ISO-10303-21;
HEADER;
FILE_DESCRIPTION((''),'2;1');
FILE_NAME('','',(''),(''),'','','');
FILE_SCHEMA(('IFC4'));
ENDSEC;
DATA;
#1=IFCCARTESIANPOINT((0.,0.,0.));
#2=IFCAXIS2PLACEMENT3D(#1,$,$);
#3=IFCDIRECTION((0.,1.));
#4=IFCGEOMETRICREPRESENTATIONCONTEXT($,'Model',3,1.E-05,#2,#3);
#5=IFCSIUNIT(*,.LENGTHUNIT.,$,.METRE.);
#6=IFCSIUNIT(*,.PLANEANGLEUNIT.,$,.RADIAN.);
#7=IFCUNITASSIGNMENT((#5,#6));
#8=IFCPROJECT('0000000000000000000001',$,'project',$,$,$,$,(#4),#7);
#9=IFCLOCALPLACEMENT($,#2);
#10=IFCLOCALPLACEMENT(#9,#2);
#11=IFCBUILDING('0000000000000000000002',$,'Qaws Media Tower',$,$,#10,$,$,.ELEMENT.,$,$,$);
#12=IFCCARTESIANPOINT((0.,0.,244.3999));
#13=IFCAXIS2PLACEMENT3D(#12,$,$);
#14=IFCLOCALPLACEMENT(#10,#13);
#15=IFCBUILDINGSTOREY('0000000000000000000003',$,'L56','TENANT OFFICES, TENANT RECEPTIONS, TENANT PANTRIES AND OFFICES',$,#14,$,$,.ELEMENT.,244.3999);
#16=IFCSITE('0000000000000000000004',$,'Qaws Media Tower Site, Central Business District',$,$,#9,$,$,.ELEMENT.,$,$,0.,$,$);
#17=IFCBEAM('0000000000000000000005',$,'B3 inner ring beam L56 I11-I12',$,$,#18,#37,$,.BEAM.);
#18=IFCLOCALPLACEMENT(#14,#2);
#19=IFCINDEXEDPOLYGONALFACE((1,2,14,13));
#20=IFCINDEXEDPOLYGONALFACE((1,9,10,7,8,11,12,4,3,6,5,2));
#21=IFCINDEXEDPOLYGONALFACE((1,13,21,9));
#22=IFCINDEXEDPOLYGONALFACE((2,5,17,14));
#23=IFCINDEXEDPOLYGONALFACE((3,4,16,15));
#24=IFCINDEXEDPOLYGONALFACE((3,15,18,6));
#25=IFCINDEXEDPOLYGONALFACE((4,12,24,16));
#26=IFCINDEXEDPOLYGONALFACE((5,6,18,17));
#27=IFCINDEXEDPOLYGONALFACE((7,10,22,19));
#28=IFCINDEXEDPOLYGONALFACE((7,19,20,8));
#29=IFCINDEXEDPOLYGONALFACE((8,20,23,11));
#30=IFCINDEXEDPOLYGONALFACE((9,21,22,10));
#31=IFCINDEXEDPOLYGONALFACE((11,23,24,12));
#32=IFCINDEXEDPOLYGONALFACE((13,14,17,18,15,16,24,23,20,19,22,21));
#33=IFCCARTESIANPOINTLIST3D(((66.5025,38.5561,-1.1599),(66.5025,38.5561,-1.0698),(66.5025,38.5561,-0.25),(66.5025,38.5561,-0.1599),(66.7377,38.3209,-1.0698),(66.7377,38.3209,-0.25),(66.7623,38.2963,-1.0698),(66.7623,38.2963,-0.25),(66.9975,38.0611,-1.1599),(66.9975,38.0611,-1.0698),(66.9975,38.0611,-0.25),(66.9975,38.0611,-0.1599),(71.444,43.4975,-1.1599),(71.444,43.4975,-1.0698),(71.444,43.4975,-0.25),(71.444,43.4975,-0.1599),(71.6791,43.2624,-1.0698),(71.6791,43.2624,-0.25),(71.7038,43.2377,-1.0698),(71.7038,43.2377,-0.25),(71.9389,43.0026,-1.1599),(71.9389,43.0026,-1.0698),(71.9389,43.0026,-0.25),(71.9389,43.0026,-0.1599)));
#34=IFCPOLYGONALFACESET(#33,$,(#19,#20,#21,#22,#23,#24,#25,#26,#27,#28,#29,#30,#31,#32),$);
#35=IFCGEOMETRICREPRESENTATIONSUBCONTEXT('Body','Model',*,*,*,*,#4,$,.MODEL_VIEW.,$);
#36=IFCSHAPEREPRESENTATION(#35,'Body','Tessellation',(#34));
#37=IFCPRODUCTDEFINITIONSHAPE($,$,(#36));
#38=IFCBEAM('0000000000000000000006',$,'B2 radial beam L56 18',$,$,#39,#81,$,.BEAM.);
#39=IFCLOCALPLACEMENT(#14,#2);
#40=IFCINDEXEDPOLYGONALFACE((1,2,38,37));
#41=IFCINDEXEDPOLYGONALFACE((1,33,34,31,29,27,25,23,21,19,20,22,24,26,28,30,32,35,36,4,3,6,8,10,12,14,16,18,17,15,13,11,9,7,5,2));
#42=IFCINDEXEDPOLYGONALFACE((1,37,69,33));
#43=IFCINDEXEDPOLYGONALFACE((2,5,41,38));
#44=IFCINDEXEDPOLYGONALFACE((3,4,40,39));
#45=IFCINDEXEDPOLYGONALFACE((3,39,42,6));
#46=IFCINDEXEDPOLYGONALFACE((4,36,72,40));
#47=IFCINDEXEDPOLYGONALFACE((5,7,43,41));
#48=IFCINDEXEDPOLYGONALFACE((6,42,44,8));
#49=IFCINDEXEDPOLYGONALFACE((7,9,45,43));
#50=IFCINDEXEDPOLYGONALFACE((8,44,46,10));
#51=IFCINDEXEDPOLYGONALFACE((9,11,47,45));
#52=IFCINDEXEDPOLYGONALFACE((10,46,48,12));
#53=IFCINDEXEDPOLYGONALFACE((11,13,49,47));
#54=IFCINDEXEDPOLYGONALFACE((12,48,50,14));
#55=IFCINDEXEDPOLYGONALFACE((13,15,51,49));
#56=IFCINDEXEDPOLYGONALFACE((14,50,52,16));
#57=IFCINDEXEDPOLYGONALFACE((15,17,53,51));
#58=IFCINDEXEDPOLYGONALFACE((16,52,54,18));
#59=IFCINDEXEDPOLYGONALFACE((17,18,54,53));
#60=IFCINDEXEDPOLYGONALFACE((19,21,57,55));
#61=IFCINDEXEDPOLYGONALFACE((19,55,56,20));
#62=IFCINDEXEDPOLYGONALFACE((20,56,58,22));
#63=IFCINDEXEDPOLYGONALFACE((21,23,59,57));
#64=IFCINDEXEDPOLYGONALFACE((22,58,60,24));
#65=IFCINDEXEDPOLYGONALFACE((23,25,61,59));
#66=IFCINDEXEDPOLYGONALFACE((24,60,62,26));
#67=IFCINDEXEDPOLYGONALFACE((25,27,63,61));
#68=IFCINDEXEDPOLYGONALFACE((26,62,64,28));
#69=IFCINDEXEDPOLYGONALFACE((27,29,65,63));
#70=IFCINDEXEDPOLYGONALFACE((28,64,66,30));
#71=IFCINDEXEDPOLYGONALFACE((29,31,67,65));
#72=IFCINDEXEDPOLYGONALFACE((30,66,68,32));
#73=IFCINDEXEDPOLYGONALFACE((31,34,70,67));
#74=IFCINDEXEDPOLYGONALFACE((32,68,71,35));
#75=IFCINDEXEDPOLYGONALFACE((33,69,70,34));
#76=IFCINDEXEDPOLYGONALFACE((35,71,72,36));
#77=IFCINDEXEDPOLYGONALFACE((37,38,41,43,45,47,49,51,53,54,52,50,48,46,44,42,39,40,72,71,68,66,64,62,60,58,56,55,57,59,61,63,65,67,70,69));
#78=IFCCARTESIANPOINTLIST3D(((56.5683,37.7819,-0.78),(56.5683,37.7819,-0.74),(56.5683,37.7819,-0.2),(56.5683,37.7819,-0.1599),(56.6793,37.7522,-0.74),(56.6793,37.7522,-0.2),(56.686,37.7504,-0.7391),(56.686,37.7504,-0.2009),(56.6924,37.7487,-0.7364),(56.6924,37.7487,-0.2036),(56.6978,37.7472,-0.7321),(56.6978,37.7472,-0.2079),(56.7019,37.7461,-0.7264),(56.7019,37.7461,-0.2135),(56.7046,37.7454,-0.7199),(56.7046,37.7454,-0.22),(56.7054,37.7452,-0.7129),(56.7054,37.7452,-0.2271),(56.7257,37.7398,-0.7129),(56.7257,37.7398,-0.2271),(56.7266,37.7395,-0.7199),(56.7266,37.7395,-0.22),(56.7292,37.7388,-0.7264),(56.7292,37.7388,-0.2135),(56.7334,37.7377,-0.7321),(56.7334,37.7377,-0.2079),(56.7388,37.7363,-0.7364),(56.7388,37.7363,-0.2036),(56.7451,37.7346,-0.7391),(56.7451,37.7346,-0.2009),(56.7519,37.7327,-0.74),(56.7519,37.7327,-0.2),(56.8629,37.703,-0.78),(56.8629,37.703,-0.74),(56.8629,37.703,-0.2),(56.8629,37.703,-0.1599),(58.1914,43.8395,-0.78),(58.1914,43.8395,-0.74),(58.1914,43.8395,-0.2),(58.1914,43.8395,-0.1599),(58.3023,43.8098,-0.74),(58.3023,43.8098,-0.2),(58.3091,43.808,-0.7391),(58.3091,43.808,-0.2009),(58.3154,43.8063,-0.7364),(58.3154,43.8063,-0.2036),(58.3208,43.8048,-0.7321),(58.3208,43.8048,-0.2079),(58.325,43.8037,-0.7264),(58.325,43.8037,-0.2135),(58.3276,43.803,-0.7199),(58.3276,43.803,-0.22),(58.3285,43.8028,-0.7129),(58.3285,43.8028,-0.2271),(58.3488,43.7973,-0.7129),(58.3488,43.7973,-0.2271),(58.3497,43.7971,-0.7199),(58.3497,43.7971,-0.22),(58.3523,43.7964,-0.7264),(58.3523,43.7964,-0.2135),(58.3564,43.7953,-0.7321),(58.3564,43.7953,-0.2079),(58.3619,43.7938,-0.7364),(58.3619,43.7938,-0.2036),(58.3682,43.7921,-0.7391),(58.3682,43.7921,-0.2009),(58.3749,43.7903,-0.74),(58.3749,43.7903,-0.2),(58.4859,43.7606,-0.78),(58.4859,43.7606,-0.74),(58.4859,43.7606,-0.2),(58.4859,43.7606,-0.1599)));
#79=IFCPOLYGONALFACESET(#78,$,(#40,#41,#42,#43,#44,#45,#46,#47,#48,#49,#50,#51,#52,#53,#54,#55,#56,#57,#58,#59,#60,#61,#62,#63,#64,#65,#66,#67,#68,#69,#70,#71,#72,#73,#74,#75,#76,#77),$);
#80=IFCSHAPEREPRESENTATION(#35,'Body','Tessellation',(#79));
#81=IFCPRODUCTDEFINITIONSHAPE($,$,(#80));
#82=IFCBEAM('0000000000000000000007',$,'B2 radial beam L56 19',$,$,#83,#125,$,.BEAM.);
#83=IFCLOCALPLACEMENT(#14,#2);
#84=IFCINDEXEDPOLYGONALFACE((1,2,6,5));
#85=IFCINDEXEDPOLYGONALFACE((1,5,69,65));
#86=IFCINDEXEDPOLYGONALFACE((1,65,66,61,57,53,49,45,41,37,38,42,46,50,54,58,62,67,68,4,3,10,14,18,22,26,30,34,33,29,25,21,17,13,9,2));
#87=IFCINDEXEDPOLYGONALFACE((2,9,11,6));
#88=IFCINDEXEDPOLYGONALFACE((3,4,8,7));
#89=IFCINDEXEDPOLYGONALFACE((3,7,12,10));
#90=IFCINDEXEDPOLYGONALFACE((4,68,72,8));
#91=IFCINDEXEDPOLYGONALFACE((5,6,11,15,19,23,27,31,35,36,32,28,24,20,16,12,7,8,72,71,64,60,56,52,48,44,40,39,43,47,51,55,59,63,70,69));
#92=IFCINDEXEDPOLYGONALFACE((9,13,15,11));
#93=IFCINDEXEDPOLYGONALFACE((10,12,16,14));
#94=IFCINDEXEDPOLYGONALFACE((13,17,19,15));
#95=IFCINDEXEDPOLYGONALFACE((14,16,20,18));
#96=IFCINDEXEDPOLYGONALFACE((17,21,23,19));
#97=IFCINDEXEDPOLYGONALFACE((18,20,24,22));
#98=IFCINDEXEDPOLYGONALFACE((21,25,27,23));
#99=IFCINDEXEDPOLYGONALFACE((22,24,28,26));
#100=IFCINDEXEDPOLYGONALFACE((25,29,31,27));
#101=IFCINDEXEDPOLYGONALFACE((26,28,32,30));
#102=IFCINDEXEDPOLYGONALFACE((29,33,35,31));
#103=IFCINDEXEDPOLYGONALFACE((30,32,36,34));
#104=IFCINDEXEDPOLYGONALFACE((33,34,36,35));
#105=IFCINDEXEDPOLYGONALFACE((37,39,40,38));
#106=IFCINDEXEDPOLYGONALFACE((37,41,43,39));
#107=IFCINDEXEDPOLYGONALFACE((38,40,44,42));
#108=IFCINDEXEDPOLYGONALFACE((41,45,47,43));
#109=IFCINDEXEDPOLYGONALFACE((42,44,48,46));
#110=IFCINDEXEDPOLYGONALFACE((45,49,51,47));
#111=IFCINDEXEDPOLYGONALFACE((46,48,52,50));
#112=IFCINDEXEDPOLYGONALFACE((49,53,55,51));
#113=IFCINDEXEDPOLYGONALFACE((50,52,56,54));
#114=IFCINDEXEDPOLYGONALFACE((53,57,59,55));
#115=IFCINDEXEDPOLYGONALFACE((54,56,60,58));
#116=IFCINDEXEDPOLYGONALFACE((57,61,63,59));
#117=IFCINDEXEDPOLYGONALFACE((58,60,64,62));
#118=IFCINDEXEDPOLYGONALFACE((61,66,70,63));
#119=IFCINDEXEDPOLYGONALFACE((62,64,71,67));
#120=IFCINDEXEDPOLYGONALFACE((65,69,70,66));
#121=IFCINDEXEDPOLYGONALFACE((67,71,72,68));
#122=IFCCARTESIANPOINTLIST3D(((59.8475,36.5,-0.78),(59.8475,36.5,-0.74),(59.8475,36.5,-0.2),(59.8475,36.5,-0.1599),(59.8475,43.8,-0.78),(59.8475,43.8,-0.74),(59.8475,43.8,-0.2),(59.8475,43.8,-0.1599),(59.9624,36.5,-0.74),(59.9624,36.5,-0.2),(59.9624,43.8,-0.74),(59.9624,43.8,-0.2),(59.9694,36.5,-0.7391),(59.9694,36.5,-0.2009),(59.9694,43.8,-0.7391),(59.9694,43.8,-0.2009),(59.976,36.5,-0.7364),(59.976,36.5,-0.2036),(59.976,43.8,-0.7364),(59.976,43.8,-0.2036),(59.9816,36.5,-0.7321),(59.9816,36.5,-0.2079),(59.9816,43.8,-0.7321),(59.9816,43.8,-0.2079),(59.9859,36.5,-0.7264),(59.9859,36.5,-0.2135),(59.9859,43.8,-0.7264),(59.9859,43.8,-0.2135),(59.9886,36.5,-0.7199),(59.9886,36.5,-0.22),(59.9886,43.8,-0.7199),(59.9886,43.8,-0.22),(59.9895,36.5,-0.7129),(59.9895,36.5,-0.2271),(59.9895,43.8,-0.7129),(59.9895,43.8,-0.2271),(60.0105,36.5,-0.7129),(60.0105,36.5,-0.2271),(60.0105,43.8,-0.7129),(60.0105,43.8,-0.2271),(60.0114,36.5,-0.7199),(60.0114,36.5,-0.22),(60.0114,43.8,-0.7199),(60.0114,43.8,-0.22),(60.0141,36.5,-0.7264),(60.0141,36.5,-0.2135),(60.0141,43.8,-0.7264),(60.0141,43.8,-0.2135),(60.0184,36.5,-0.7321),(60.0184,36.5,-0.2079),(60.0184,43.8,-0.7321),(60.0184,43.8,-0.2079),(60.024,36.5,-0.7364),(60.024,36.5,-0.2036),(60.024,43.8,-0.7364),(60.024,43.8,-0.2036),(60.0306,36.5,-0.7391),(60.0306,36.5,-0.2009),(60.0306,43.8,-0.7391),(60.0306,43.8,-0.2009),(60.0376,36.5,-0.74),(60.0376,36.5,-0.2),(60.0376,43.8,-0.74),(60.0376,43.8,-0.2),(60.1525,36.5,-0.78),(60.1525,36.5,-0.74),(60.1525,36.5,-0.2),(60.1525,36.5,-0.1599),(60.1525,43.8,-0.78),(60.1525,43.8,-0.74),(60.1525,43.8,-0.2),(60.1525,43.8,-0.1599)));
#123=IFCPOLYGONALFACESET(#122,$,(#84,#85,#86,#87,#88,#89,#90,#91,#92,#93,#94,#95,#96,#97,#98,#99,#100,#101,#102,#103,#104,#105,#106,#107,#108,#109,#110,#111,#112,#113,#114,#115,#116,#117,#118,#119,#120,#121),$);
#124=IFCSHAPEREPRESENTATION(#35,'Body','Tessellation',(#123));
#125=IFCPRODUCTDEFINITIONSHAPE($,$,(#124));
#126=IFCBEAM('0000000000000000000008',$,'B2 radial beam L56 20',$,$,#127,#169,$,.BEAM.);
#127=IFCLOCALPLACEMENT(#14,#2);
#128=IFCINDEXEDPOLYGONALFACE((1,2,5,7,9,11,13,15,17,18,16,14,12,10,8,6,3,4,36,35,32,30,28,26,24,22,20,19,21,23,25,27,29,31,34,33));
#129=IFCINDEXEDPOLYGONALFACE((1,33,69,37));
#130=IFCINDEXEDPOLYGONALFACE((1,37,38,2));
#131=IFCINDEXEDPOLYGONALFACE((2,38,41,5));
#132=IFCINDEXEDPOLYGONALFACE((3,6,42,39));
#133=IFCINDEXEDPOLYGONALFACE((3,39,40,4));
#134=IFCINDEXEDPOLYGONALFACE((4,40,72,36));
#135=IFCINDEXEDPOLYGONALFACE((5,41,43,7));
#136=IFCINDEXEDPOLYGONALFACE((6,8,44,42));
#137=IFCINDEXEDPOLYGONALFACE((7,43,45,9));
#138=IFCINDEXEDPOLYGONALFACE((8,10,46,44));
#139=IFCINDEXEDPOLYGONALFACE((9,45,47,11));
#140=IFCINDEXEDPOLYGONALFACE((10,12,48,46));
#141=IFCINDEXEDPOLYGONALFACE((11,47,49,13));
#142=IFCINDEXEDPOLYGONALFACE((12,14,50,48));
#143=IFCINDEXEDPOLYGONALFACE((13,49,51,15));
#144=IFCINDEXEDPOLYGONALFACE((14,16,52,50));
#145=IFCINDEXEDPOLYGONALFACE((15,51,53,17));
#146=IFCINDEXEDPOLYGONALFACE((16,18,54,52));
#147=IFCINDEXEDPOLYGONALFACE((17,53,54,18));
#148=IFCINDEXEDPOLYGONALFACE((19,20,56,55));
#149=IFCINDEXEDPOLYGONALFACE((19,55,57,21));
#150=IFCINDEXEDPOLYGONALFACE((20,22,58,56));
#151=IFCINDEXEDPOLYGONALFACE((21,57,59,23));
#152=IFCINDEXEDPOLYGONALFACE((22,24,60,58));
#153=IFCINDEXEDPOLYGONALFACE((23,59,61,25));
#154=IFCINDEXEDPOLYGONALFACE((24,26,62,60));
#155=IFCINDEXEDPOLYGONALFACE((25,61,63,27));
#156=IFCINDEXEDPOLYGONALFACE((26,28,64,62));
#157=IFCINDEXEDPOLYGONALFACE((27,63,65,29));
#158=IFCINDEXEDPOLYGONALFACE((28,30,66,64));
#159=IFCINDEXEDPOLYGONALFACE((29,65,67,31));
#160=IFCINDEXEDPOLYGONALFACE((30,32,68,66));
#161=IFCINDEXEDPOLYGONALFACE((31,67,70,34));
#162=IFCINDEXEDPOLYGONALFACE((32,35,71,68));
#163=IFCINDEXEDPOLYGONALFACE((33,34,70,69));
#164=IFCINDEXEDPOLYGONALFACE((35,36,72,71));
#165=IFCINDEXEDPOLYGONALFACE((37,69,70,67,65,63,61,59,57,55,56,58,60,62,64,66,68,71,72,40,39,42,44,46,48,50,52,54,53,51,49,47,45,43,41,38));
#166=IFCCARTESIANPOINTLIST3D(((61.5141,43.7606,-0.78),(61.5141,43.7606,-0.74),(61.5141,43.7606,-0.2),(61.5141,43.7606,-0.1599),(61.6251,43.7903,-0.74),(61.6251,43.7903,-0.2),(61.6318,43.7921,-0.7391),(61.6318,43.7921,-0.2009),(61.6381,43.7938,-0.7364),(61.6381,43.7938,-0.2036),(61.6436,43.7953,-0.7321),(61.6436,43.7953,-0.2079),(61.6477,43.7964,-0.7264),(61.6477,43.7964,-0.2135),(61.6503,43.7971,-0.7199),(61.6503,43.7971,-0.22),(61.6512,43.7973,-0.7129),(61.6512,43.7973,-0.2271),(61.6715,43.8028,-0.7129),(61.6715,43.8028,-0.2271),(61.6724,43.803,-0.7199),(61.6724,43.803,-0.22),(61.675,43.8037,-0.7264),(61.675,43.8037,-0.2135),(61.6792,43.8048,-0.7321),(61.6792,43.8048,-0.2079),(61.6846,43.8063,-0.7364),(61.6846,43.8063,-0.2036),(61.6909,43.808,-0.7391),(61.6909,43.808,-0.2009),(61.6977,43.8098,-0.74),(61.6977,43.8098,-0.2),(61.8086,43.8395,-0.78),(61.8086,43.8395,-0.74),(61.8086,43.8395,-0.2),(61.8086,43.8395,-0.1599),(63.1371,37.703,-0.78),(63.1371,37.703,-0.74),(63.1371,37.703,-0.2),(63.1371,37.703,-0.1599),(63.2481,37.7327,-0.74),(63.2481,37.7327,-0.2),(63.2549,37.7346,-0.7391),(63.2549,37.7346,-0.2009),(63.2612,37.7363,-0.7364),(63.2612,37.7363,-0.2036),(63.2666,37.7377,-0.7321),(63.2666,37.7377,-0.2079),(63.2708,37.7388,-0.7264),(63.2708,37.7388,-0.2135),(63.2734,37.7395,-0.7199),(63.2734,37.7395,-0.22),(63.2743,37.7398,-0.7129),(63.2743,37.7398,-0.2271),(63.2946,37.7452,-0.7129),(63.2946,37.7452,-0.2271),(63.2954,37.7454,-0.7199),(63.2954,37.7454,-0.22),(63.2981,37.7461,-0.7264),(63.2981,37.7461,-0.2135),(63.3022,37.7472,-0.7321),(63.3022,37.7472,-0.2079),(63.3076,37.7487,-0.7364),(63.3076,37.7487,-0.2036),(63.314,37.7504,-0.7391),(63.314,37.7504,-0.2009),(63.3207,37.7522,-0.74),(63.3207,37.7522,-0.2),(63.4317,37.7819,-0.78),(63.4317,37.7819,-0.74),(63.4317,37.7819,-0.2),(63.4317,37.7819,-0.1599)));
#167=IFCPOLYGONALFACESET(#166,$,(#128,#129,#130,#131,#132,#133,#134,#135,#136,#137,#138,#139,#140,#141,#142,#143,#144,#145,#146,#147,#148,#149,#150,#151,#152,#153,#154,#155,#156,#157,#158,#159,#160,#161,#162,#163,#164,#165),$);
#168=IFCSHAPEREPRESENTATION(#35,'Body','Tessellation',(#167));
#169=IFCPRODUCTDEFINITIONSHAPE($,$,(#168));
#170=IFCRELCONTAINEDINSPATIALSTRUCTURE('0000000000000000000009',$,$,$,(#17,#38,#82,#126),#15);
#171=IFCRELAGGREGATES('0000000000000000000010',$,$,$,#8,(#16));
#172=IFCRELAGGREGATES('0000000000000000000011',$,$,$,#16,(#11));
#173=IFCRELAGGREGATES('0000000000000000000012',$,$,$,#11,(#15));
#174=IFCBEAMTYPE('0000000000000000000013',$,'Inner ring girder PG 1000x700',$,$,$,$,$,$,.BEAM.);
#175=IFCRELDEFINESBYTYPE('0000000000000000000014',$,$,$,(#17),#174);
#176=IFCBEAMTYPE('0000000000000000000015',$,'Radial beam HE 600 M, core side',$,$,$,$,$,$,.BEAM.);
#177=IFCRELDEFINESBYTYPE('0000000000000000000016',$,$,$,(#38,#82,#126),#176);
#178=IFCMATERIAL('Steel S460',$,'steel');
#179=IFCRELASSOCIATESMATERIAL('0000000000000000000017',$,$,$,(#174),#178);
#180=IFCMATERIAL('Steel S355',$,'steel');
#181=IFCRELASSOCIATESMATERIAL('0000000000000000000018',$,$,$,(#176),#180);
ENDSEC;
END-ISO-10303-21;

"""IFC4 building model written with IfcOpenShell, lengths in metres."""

from ifc_helpers import new_model, si_unit, direction, frame, origin, origin_2d, place, context, subcontext, project, spatial, i_section, extrude, material, material_profile, profile_set, type_object, element, save


model = new_model("IFC4")

# Units and contexts
model_context = context("Model", 3, precision=1e-05, world=origin(), true_north=direction((0.0, 1.0)))
body_context = subcontext(model_context, "Body", "Model", "MODEL_VIEW")
ifc_project = project(units=[si_unit("LENGTHUNIT", "METRE"), si_unit("PLANEANGLEUNIT", "RADIAN")], contexts=[model_context])

# Site, building, storey
site_placement = place(None, origin())
site = spatial("IfcSite", under=ifc_project, at=site_placement, Name="Qaws Media Tower Site, Central Business District", CompositionType="ELEMENT", RefElevation=0.0)
building_placement = place(site_placement, origin())
building = spatial("IfcBuilding", under=site, at=building_placement, Name="Qaws Media Tower", CompositionType="ELEMENT")
storey_placement = place(building_placement, frame((0.0, 0.0, 244.3999)))
storey = spatial("IfcBuildingStorey", under=building, at=storey_placement, Name="L56", Description="TENANT OFFICES, TENANT RECEPTIONS, TENANT PANTRIES AND OFFICES", CompositionType="ELEMENT", Elevation=244.3999)

# Beams
ifc_material_1 = material(Name="Steel S460", Category="steel")
ifc_material_profile_1 = material_profile(ifc_material_1, i_section(OverallWidth=0.7, OverallDepth=1.0, WebThickness=0.0349, FlangeThickness=0.0901, at=origin_2d()), Name="PG 1000x700")
ifc_profile_set_1 = profile_set([ifc_material_profile_1], Name="Steel S460")
beam_type_1 = type_object("IfcBeamType", Name="Inner ring girder PG 1000x700", PredefinedType="BEAM", material=ifc_profile_set_1)
beam_1_placement = place(storey_placement, frame((66.75, 38.3086, -0.6599), z_axis=(0.707107, 0.707107, 0.0), x_axis=(-0.707107, 0.707107, 0.0)))
element("IfcBeam", 1, at=beam_1_placement, inside=storey, type_object=beam_type_1, Name="B3 inner ring beam L56 I11-I12", PredefinedType="BEAM", context=body_context, shape_type="SweptSolid", body=[
    extrude(i_section(OverallWidth=0.7, OverallDepth=1.0, WebThickness=0.0349, FlangeThickness=0.0901, at=origin_2d()), origin(), (0.0, 0.0, 1.0), 6.9883),
])
ifc_material_2 = material(Name="Steel S355", Category="steel")
ifc_material_profile_2 = material_profile(ifc_material_2, i_section(OverallWidth=0.3049, OverallDepth=0.6201, WebThickness=0.021, FlangeThickness=0.04, FilletRadius=0.0271, at=origin_2d()), Name="HE 600 M")
ifc_profile_set_2 = profile_set([ifc_material_profile_2], Name="Steel S355")
beam_type_2 = type_object("IfcBeamType", Name="Radial beam HE 600 M, core side", PredefinedType="BEAM", material=ifc_profile_set_2)
beam_2_placement = place(storey_placement, frame((58.3386, 43.8, -0.47), z_axis=(-0.258806, -0.965929, 0.0), x_axis=(0.965929, -0.258806, 0.0)))
element("IfcBeam", 2, at=beam_2_placement, inside=storey, type_object=beam_type_2, Name="B2 radial beam L56 18", PredefinedType="BEAM", context=body_context, shape_type="SweptSolid", body=[
    extrude(i_section(OverallWidth=0.3049, OverallDepth=0.6201, WebThickness=0.021, FlangeThickness=0.04, FilletRadius=0.0271, at=origin_2d()), origin(), (0.0, 0.0, 1.0), 6.2712),
])
beam_3_placement = place(storey_placement, frame((60.0, 43.8, -0.47), z_axis=(0.0, -1.0, 0.0), x_axis=(1.0, 0.0, 0.0)))
element("IfcBeam", 3, at=beam_3_placement, inside=storey, type_object=beam_type_2, Name="B2 radial beam L56 19", PredefinedType="BEAM", context=body_context, shape_type="SweptSolid", body=[
    extrude(i_section(OverallWidth=0.3049, OverallDepth=0.6201, WebThickness=0.021, FlangeThickness=0.04, FilletRadius=0.0271, at=origin_2d()), origin(), (0.0, 0.0, 1.0), 7.3),
])
beam_4_placement = place(storey_placement, frame((61.6614, 43.8, -0.47), z_axis=(0.258806, -0.965929, 0.0), x_axis=(0.965929, 0.258806, 0.0)))
element("IfcBeam", 4, at=beam_4_placement, inside=storey, type_object=beam_type_2, Name="B2 radial beam L56 20", PredefinedType="BEAM", context=body_context, shape_type="SweptSolid", body=[
    extrude(i_section(OverallWidth=0.3049, OverallDepth=0.6201, WebThickness=0.021, FlangeThickness=0.04, FilletRadius=0.0271, at=origin_2d()), origin(), (0.0, 0.0, 1.0), 6.2712),
])

save(model, "model.ifc")
